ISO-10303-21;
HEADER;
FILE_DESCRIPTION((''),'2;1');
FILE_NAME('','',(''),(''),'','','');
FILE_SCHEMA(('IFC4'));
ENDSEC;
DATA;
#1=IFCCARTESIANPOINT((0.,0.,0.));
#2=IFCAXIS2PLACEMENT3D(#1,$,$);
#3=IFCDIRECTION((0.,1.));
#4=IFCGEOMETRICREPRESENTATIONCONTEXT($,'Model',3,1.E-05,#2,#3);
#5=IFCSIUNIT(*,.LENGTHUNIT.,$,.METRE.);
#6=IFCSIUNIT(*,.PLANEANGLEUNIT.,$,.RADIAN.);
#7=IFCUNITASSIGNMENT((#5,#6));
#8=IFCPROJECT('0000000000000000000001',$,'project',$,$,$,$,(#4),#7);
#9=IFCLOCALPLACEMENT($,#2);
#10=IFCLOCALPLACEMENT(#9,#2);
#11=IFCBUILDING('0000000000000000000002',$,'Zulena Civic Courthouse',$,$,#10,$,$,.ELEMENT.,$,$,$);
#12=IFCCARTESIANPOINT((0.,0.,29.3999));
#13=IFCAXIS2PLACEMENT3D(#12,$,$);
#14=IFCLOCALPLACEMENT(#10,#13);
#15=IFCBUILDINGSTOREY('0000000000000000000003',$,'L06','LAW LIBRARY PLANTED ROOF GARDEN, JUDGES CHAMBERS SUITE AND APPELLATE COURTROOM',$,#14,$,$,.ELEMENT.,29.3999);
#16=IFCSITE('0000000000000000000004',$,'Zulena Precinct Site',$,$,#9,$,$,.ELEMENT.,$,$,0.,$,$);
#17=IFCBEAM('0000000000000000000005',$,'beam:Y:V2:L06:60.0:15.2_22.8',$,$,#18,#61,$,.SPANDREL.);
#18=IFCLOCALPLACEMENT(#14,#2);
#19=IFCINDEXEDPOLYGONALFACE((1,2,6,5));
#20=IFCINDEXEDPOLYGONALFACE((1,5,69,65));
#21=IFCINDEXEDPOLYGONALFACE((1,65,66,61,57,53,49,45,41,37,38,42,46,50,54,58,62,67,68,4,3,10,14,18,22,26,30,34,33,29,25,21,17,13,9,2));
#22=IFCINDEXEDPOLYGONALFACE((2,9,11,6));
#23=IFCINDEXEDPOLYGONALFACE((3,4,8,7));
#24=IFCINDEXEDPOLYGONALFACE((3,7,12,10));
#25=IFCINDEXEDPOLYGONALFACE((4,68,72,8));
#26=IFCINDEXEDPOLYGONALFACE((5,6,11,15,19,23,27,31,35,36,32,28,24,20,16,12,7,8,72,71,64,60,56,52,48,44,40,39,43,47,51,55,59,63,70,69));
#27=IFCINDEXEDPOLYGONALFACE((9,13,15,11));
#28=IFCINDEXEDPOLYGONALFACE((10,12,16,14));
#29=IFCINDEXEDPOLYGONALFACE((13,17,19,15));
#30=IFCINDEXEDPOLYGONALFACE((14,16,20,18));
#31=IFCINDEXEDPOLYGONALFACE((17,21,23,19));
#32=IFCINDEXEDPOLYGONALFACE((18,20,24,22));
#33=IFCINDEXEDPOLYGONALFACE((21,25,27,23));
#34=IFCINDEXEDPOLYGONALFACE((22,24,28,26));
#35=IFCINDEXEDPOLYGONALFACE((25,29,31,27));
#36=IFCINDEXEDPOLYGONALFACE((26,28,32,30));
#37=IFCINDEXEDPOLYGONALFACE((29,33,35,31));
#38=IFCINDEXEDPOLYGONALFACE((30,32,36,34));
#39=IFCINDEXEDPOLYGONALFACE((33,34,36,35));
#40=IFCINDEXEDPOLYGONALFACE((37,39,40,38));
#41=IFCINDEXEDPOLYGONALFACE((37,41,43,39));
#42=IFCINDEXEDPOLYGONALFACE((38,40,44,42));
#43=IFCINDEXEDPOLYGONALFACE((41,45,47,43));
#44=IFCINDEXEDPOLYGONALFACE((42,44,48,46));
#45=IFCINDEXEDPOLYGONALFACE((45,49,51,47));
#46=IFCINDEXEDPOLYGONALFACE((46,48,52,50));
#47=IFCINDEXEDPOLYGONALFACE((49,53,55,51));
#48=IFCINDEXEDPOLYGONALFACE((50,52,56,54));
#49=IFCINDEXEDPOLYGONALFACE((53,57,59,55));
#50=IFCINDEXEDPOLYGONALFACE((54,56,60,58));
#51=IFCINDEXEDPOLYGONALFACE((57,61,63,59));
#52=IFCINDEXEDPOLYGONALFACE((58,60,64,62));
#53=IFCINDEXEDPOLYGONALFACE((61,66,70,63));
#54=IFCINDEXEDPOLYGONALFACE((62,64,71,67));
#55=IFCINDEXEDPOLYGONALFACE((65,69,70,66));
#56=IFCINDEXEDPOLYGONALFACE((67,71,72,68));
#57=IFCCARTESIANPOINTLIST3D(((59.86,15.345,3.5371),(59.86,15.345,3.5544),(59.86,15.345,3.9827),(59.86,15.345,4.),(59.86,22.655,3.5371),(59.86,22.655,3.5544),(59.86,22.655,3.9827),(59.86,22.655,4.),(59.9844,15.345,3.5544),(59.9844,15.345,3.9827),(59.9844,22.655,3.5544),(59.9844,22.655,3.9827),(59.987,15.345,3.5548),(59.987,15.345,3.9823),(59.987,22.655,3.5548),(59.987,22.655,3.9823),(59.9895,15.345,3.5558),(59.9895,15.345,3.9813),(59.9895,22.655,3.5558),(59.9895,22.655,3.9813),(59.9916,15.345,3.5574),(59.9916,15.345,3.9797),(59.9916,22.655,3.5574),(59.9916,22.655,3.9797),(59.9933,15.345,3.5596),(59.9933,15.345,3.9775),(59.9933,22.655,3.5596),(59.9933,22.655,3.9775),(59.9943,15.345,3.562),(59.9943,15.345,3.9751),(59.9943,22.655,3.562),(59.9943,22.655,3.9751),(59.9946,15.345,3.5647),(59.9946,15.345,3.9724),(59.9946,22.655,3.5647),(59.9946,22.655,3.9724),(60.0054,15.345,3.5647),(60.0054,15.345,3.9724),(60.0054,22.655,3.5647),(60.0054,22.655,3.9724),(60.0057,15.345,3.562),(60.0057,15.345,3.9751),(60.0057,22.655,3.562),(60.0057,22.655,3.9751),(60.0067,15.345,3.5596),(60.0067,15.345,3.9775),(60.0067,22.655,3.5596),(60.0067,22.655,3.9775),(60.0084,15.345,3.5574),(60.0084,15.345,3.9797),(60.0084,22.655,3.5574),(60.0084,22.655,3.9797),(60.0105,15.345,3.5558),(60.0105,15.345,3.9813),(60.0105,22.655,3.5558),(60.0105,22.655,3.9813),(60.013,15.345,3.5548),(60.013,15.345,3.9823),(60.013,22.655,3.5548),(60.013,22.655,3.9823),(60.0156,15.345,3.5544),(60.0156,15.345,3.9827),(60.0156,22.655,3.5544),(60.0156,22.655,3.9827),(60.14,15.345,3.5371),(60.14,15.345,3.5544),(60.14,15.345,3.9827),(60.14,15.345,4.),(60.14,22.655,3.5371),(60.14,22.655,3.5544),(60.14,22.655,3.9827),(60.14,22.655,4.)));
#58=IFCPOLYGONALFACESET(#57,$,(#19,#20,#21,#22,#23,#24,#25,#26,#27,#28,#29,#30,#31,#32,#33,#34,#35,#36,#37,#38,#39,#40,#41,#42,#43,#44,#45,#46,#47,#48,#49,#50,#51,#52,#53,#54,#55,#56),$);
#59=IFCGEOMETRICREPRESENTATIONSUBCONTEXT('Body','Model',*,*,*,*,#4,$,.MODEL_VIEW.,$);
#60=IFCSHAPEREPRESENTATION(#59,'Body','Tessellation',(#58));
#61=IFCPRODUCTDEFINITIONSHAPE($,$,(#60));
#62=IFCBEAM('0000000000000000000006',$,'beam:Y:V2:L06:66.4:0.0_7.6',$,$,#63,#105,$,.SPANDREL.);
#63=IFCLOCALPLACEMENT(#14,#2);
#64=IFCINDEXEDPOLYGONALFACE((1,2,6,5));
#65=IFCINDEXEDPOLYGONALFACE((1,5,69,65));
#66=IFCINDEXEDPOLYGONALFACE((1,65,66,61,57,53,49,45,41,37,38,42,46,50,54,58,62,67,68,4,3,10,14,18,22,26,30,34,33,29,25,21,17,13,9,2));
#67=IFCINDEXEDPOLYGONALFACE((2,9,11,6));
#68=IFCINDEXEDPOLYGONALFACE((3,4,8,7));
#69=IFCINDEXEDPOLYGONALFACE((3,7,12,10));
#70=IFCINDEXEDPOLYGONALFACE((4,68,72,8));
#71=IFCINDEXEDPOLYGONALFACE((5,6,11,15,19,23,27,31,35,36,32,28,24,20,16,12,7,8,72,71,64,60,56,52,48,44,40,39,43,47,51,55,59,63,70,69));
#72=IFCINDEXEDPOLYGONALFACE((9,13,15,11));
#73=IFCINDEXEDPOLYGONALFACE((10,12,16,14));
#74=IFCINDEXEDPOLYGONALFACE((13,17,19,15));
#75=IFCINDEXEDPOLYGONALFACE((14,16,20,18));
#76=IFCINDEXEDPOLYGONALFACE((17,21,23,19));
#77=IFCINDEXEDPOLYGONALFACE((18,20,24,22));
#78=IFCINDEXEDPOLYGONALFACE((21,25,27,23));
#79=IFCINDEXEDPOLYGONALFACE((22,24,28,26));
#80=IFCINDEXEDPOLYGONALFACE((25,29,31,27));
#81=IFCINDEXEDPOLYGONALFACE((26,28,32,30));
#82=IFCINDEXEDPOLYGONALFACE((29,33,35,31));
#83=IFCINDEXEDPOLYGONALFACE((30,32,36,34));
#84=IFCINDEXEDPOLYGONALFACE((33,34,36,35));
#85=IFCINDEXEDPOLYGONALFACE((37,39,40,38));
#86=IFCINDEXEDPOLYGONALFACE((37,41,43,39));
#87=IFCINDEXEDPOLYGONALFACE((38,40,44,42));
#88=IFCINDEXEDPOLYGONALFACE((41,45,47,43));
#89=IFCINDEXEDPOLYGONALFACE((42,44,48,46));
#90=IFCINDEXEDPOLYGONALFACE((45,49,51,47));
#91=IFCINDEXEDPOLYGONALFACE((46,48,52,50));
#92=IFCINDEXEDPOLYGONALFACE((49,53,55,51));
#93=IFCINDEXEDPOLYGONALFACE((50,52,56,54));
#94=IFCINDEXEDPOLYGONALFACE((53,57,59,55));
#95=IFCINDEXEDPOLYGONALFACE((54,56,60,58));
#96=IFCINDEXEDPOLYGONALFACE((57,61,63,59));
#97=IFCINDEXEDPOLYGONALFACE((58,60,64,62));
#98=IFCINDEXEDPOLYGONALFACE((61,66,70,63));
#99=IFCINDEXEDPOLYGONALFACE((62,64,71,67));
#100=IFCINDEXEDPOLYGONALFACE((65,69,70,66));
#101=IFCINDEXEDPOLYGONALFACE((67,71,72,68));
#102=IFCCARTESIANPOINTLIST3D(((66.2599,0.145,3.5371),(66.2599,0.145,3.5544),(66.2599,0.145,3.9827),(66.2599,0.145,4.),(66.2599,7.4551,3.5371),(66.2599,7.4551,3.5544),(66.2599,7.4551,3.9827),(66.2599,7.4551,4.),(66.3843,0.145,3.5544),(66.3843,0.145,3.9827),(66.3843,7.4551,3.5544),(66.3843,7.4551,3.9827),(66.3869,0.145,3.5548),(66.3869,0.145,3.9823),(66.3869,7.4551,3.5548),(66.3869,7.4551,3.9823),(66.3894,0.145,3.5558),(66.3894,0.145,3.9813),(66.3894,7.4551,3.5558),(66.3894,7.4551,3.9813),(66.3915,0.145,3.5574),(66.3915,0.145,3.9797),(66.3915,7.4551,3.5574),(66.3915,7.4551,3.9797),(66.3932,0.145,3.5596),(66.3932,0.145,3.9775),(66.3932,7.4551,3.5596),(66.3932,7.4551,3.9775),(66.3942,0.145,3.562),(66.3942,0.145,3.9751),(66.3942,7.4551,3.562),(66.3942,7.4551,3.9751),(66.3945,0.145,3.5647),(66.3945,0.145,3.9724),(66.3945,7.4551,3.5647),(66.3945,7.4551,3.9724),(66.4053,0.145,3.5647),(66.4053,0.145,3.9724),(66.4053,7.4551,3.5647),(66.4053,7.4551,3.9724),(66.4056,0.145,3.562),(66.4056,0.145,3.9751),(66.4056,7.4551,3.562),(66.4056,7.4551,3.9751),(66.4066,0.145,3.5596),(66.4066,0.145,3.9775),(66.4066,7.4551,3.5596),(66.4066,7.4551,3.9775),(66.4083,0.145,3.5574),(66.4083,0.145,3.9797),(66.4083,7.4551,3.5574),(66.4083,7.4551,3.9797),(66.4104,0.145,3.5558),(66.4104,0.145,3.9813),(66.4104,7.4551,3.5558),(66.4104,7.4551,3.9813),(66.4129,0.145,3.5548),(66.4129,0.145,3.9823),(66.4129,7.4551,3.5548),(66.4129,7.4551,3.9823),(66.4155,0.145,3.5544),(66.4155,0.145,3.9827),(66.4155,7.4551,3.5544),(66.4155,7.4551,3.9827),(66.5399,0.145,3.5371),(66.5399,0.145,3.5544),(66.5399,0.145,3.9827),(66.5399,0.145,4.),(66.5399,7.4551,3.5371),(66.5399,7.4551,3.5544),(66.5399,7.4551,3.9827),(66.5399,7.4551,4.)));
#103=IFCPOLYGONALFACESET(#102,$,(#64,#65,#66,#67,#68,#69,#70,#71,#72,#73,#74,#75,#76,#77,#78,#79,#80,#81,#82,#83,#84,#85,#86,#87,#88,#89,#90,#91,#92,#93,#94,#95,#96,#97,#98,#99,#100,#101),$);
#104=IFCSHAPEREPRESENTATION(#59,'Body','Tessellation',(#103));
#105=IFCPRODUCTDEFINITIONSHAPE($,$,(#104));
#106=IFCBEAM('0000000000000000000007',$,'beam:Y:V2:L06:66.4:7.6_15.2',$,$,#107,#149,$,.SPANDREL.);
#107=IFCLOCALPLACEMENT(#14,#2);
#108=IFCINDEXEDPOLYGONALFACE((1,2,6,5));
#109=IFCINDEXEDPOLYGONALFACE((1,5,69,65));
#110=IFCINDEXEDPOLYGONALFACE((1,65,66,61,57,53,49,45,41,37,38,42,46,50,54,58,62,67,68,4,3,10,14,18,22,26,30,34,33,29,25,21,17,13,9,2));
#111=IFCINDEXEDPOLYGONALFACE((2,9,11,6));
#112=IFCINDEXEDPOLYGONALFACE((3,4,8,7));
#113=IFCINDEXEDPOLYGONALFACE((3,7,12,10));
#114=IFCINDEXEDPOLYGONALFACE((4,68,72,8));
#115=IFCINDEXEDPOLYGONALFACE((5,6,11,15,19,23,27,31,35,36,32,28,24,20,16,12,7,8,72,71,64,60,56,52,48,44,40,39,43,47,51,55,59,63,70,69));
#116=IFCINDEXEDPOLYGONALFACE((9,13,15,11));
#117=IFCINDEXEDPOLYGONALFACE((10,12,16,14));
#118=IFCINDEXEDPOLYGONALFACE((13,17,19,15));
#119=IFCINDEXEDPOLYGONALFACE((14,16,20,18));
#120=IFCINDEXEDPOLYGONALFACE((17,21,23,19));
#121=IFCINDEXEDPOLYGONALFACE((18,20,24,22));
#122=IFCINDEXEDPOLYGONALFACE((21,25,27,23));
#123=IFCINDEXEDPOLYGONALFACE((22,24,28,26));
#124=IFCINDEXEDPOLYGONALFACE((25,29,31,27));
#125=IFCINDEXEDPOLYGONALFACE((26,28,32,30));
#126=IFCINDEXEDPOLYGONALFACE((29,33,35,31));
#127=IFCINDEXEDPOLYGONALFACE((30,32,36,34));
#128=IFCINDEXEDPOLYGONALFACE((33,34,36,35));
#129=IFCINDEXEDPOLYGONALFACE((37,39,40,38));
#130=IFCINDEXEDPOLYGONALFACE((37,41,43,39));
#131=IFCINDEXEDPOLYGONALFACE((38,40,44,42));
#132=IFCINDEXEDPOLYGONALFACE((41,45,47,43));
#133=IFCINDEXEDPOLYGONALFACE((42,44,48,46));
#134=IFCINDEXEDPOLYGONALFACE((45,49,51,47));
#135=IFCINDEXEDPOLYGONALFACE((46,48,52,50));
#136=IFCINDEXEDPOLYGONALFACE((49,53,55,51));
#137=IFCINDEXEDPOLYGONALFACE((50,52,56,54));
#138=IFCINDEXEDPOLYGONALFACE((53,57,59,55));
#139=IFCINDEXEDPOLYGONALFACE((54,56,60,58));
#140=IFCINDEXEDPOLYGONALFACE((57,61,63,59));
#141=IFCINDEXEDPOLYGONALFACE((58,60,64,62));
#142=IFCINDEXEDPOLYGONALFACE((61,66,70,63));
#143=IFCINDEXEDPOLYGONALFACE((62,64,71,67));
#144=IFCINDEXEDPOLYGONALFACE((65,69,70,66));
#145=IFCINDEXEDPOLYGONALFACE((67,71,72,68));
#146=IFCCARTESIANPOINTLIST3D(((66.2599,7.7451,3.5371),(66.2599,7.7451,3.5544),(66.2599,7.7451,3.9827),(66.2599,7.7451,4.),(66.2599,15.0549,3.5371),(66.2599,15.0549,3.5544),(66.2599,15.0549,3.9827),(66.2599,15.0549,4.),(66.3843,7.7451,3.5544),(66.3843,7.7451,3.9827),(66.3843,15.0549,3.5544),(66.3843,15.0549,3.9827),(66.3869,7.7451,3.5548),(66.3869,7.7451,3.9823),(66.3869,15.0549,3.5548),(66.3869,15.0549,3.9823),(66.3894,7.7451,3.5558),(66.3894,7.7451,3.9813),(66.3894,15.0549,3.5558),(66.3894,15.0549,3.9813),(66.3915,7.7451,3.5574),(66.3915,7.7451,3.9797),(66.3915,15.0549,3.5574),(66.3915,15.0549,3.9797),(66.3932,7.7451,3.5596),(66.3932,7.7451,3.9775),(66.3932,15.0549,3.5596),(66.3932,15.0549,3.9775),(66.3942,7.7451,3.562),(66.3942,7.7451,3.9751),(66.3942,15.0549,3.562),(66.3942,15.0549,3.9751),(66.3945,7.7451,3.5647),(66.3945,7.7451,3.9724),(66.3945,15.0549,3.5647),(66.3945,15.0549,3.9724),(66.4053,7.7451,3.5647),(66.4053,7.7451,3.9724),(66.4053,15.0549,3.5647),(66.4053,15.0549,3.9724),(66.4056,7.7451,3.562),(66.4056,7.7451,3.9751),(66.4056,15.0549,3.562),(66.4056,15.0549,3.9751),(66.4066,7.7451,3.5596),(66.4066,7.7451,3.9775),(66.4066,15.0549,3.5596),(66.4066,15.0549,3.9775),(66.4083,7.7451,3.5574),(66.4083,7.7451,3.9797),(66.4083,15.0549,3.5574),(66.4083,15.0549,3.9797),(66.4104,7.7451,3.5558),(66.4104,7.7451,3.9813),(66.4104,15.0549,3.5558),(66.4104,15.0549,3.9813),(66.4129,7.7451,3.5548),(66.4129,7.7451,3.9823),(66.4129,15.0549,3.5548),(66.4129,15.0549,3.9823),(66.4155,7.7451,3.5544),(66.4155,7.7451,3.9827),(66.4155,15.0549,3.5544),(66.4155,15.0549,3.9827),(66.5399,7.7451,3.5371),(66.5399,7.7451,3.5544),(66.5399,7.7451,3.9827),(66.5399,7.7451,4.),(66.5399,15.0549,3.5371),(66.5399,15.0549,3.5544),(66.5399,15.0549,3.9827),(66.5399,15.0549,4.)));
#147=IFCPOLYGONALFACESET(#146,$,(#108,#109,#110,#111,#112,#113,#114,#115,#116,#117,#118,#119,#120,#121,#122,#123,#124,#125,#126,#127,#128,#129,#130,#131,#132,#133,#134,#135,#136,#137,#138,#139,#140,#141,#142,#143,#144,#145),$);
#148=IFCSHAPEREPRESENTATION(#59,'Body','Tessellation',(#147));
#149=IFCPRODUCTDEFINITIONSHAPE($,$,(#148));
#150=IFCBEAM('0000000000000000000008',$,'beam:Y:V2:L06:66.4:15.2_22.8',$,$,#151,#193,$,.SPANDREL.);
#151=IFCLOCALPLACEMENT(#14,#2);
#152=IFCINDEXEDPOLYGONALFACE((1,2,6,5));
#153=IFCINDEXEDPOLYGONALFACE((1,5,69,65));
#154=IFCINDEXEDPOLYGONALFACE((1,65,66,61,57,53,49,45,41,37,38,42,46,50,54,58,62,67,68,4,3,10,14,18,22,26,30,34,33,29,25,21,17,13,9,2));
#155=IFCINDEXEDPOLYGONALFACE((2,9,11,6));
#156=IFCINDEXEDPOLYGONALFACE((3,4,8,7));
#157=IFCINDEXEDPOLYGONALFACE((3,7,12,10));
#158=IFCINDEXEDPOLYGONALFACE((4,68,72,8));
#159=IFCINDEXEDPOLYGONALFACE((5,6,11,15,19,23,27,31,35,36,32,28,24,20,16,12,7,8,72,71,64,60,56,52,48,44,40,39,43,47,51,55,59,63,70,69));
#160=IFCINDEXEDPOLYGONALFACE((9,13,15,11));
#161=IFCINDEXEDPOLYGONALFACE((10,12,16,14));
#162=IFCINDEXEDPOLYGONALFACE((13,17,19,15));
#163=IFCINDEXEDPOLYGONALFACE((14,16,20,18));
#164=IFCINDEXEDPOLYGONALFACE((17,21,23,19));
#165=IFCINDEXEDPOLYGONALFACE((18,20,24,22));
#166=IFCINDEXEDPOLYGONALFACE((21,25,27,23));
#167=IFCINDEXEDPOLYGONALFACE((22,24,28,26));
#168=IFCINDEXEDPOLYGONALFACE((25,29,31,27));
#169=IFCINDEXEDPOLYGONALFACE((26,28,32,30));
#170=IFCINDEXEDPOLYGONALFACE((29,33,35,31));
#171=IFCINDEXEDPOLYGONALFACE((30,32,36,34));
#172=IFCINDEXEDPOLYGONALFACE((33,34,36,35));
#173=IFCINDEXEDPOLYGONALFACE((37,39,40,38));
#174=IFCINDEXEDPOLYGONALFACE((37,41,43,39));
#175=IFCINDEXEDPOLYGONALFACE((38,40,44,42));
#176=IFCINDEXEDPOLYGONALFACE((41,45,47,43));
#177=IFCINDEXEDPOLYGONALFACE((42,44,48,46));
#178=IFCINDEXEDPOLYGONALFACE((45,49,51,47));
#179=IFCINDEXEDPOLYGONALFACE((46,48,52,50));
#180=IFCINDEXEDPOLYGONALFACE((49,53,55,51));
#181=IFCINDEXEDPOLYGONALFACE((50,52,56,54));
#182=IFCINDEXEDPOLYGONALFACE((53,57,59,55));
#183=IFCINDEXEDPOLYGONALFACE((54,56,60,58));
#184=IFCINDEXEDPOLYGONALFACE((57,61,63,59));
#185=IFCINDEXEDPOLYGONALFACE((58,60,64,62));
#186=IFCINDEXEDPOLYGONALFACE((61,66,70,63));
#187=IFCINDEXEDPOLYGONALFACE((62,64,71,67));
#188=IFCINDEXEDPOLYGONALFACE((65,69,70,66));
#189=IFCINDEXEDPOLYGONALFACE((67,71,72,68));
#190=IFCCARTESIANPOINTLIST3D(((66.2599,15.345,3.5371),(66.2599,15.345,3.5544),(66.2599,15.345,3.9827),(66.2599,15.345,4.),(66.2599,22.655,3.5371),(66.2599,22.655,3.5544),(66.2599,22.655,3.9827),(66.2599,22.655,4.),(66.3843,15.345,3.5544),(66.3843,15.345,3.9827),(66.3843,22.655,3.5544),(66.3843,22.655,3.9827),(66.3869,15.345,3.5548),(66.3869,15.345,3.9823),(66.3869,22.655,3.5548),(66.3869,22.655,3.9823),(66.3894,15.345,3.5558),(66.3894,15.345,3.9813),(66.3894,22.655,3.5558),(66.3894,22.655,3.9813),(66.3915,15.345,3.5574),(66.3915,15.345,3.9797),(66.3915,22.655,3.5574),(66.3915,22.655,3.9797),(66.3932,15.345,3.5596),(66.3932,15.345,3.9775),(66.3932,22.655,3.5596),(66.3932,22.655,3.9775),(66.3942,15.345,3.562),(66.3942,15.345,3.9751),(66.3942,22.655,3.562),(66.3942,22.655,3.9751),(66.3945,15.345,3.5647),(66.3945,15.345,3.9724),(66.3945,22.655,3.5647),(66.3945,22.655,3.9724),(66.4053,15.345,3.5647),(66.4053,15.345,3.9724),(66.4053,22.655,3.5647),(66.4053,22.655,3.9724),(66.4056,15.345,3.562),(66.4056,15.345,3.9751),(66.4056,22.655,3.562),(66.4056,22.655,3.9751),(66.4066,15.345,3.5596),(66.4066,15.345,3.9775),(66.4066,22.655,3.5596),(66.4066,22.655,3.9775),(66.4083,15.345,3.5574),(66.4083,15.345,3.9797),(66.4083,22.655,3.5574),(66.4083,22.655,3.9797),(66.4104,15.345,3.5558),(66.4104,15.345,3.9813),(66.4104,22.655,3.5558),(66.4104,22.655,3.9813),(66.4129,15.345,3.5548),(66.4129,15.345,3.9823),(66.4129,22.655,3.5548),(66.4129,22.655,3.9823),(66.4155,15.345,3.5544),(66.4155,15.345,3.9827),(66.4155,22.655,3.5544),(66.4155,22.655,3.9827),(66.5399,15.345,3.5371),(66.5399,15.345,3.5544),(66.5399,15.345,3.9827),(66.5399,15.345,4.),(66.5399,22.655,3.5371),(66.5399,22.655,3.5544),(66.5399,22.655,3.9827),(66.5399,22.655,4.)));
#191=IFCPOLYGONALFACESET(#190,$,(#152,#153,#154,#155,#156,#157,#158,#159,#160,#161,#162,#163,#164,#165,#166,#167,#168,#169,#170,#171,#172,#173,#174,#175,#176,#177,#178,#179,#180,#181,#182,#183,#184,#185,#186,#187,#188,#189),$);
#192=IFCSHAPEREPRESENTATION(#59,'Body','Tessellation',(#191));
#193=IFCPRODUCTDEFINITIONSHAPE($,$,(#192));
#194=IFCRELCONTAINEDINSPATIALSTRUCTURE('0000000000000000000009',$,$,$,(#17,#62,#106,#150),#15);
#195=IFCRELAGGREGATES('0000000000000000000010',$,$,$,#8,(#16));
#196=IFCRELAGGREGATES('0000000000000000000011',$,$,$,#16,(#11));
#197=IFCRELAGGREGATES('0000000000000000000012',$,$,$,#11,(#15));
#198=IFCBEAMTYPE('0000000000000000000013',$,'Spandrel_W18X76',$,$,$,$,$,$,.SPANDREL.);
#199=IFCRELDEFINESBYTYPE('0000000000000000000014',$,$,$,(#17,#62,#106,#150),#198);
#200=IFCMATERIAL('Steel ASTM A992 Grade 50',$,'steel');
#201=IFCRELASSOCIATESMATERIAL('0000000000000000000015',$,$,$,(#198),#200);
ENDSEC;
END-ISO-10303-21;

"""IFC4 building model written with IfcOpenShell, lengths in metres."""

from ifc_helpers import new_model, si_unit, direction, frame, origin, origin_2d, place, context, subcontext, project, spatial, i_section, extrude, material, material_profile, profile_set, type_object, element, save


model = new_model("IFC4")

# Units and contexts
model_context = context("Model", 3, precision=1e-05, world=origin(), true_north=direction((0.0, 1.0)))
body_context = subcontext(model_context, "Body", "Model", "MODEL_VIEW")
ifc_project = project(units=[si_unit("LENGTHUNIT", "METRE"), si_unit("PLANEANGLEUNIT", "RADIAN")], contexts=[model_context])

# Site, building, storey
site_placement = place(None, origin())
site = spatial("IfcSite", under=ifc_project, at=site_placement, Name="Zulena Precinct Site", CompositionType="ELEMENT", RefElevation=0.0)
building_placement = place(site_placement, origin())
building = spatial("IfcBuilding", under=site, at=building_placement, Name="Zulena Civic Courthouse", CompositionType="ELEMENT")
storey_placement = place(building_placement, frame((0.0, 0.0, 29.3999)))
storey = spatial("IfcBuildingStorey", under=building, at=storey_placement, Name="L06", Description="LAW LIBRARY PLANTED ROOF GARDEN, JUDGES CHAMBERS SUITE AND APPELLATE COURTROOM", CompositionType="ELEMENT", Elevation=29.3999)

# Shared definitions
ifc_material_1 = material(Name="Steel ASTM A992 Grade 50", Category="steel")

# Beams
ifc_material_profile_1 = material_profile(ifc_material_1, i_section(OverallWidth=0.28, OverallDepth=0.4629, WebThickness=0.0107, FlangeThickness=0.0173, FilletRadius=0.0103, at=origin_2d()), Name="W18X76")
ifc_profile_set_1 = profile_set([ifc_material_profile_1], Name="Steel ASTM A992 Grade 50")
beam_type_1 = type_object("IfcBeamType", Name="Spandrel_W18X76", PredefinedType="SPANDREL", material=ifc_profile_set_1)
for number, where, z_axis, x_axis, name in (
    (1, (60.0, 15.345, 3.7686), (0.0, 1.0, 0.0), (-1.0, 0.0, 0.0), "beam:Y:V2:L06:60.0:15.2_22.8"),
    (2, (66.3999, 0.145, 3.7686), (0.0, 1.0, 0.0), (-1.0, 0.0, 0.0), "beam:Y:V2:L06:66.4:0.0_7.6"),
):
    element("IfcBeam", number, at=place(storey_placement, frame(where, z_axis=z_axis, x_axis=x_axis)), inside=storey, type_object=beam_type_1, Name=name, PredefinedType="SPANDREL", context=body_context, shape_type="SweptSolid", body=[
        extrude(i_section(OverallWidth=0.28, OverallDepth=0.4629, WebThickness=0.0107, FlangeThickness=0.0173, FilletRadius=0.0103, at=origin_2d()), origin(), (0.0, 0.0, 1.0), 7.3101),
    ])
beam_1_placement = place(storey_placement, frame((66.3999, 7.7451, 3.7686), z_axis=(0.0, 1.0, 0.0), x_axis=(-1.0, 0.0, 0.0)))
element("IfcBeam", 3, at=beam_1_placement, inside=storey, type_object=beam_type_1, Name="beam:Y:V2:L06:66.4:7.6_15.2", PredefinedType="SPANDREL", context=body_context, shape_type="SweptSolid", body=[
    extrude(i_section(OverallWidth=0.28, OverallDepth=0.4629, WebThickness=0.0107, FlangeThickness=0.0173, FilletRadius=0.0103, at=origin_2d()), origin(), (0.0, 0.0, 1.0), 7.3098),
])
beam_2_placement = place(storey_placement, frame((66.3999, 15.345, 3.7686), z_axis=(0.0, 1.0, 0.0), x_axis=(-1.0, 0.0, 0.0)))
element("IfcBeam", 4, at=beam_2_placement, inside=storey, type_object=beam_type_1, Name="beam:Y:V2:L06:66.4:15.2_22.8", PredefinedType="SPANDREL", context=body_context, shape_type="SweptSolid", body=[
    extrude(i_section(OverallWidth=0.28, OverallDepth=0.4629, WebThickness=0.0107, FlangeThickness=0.0173, FilletRadius=0.0103, at=origin_2d()), origin(), (0.0, 0.0, 1.0), 7.3101),
])

save(model, "model.ifc")
